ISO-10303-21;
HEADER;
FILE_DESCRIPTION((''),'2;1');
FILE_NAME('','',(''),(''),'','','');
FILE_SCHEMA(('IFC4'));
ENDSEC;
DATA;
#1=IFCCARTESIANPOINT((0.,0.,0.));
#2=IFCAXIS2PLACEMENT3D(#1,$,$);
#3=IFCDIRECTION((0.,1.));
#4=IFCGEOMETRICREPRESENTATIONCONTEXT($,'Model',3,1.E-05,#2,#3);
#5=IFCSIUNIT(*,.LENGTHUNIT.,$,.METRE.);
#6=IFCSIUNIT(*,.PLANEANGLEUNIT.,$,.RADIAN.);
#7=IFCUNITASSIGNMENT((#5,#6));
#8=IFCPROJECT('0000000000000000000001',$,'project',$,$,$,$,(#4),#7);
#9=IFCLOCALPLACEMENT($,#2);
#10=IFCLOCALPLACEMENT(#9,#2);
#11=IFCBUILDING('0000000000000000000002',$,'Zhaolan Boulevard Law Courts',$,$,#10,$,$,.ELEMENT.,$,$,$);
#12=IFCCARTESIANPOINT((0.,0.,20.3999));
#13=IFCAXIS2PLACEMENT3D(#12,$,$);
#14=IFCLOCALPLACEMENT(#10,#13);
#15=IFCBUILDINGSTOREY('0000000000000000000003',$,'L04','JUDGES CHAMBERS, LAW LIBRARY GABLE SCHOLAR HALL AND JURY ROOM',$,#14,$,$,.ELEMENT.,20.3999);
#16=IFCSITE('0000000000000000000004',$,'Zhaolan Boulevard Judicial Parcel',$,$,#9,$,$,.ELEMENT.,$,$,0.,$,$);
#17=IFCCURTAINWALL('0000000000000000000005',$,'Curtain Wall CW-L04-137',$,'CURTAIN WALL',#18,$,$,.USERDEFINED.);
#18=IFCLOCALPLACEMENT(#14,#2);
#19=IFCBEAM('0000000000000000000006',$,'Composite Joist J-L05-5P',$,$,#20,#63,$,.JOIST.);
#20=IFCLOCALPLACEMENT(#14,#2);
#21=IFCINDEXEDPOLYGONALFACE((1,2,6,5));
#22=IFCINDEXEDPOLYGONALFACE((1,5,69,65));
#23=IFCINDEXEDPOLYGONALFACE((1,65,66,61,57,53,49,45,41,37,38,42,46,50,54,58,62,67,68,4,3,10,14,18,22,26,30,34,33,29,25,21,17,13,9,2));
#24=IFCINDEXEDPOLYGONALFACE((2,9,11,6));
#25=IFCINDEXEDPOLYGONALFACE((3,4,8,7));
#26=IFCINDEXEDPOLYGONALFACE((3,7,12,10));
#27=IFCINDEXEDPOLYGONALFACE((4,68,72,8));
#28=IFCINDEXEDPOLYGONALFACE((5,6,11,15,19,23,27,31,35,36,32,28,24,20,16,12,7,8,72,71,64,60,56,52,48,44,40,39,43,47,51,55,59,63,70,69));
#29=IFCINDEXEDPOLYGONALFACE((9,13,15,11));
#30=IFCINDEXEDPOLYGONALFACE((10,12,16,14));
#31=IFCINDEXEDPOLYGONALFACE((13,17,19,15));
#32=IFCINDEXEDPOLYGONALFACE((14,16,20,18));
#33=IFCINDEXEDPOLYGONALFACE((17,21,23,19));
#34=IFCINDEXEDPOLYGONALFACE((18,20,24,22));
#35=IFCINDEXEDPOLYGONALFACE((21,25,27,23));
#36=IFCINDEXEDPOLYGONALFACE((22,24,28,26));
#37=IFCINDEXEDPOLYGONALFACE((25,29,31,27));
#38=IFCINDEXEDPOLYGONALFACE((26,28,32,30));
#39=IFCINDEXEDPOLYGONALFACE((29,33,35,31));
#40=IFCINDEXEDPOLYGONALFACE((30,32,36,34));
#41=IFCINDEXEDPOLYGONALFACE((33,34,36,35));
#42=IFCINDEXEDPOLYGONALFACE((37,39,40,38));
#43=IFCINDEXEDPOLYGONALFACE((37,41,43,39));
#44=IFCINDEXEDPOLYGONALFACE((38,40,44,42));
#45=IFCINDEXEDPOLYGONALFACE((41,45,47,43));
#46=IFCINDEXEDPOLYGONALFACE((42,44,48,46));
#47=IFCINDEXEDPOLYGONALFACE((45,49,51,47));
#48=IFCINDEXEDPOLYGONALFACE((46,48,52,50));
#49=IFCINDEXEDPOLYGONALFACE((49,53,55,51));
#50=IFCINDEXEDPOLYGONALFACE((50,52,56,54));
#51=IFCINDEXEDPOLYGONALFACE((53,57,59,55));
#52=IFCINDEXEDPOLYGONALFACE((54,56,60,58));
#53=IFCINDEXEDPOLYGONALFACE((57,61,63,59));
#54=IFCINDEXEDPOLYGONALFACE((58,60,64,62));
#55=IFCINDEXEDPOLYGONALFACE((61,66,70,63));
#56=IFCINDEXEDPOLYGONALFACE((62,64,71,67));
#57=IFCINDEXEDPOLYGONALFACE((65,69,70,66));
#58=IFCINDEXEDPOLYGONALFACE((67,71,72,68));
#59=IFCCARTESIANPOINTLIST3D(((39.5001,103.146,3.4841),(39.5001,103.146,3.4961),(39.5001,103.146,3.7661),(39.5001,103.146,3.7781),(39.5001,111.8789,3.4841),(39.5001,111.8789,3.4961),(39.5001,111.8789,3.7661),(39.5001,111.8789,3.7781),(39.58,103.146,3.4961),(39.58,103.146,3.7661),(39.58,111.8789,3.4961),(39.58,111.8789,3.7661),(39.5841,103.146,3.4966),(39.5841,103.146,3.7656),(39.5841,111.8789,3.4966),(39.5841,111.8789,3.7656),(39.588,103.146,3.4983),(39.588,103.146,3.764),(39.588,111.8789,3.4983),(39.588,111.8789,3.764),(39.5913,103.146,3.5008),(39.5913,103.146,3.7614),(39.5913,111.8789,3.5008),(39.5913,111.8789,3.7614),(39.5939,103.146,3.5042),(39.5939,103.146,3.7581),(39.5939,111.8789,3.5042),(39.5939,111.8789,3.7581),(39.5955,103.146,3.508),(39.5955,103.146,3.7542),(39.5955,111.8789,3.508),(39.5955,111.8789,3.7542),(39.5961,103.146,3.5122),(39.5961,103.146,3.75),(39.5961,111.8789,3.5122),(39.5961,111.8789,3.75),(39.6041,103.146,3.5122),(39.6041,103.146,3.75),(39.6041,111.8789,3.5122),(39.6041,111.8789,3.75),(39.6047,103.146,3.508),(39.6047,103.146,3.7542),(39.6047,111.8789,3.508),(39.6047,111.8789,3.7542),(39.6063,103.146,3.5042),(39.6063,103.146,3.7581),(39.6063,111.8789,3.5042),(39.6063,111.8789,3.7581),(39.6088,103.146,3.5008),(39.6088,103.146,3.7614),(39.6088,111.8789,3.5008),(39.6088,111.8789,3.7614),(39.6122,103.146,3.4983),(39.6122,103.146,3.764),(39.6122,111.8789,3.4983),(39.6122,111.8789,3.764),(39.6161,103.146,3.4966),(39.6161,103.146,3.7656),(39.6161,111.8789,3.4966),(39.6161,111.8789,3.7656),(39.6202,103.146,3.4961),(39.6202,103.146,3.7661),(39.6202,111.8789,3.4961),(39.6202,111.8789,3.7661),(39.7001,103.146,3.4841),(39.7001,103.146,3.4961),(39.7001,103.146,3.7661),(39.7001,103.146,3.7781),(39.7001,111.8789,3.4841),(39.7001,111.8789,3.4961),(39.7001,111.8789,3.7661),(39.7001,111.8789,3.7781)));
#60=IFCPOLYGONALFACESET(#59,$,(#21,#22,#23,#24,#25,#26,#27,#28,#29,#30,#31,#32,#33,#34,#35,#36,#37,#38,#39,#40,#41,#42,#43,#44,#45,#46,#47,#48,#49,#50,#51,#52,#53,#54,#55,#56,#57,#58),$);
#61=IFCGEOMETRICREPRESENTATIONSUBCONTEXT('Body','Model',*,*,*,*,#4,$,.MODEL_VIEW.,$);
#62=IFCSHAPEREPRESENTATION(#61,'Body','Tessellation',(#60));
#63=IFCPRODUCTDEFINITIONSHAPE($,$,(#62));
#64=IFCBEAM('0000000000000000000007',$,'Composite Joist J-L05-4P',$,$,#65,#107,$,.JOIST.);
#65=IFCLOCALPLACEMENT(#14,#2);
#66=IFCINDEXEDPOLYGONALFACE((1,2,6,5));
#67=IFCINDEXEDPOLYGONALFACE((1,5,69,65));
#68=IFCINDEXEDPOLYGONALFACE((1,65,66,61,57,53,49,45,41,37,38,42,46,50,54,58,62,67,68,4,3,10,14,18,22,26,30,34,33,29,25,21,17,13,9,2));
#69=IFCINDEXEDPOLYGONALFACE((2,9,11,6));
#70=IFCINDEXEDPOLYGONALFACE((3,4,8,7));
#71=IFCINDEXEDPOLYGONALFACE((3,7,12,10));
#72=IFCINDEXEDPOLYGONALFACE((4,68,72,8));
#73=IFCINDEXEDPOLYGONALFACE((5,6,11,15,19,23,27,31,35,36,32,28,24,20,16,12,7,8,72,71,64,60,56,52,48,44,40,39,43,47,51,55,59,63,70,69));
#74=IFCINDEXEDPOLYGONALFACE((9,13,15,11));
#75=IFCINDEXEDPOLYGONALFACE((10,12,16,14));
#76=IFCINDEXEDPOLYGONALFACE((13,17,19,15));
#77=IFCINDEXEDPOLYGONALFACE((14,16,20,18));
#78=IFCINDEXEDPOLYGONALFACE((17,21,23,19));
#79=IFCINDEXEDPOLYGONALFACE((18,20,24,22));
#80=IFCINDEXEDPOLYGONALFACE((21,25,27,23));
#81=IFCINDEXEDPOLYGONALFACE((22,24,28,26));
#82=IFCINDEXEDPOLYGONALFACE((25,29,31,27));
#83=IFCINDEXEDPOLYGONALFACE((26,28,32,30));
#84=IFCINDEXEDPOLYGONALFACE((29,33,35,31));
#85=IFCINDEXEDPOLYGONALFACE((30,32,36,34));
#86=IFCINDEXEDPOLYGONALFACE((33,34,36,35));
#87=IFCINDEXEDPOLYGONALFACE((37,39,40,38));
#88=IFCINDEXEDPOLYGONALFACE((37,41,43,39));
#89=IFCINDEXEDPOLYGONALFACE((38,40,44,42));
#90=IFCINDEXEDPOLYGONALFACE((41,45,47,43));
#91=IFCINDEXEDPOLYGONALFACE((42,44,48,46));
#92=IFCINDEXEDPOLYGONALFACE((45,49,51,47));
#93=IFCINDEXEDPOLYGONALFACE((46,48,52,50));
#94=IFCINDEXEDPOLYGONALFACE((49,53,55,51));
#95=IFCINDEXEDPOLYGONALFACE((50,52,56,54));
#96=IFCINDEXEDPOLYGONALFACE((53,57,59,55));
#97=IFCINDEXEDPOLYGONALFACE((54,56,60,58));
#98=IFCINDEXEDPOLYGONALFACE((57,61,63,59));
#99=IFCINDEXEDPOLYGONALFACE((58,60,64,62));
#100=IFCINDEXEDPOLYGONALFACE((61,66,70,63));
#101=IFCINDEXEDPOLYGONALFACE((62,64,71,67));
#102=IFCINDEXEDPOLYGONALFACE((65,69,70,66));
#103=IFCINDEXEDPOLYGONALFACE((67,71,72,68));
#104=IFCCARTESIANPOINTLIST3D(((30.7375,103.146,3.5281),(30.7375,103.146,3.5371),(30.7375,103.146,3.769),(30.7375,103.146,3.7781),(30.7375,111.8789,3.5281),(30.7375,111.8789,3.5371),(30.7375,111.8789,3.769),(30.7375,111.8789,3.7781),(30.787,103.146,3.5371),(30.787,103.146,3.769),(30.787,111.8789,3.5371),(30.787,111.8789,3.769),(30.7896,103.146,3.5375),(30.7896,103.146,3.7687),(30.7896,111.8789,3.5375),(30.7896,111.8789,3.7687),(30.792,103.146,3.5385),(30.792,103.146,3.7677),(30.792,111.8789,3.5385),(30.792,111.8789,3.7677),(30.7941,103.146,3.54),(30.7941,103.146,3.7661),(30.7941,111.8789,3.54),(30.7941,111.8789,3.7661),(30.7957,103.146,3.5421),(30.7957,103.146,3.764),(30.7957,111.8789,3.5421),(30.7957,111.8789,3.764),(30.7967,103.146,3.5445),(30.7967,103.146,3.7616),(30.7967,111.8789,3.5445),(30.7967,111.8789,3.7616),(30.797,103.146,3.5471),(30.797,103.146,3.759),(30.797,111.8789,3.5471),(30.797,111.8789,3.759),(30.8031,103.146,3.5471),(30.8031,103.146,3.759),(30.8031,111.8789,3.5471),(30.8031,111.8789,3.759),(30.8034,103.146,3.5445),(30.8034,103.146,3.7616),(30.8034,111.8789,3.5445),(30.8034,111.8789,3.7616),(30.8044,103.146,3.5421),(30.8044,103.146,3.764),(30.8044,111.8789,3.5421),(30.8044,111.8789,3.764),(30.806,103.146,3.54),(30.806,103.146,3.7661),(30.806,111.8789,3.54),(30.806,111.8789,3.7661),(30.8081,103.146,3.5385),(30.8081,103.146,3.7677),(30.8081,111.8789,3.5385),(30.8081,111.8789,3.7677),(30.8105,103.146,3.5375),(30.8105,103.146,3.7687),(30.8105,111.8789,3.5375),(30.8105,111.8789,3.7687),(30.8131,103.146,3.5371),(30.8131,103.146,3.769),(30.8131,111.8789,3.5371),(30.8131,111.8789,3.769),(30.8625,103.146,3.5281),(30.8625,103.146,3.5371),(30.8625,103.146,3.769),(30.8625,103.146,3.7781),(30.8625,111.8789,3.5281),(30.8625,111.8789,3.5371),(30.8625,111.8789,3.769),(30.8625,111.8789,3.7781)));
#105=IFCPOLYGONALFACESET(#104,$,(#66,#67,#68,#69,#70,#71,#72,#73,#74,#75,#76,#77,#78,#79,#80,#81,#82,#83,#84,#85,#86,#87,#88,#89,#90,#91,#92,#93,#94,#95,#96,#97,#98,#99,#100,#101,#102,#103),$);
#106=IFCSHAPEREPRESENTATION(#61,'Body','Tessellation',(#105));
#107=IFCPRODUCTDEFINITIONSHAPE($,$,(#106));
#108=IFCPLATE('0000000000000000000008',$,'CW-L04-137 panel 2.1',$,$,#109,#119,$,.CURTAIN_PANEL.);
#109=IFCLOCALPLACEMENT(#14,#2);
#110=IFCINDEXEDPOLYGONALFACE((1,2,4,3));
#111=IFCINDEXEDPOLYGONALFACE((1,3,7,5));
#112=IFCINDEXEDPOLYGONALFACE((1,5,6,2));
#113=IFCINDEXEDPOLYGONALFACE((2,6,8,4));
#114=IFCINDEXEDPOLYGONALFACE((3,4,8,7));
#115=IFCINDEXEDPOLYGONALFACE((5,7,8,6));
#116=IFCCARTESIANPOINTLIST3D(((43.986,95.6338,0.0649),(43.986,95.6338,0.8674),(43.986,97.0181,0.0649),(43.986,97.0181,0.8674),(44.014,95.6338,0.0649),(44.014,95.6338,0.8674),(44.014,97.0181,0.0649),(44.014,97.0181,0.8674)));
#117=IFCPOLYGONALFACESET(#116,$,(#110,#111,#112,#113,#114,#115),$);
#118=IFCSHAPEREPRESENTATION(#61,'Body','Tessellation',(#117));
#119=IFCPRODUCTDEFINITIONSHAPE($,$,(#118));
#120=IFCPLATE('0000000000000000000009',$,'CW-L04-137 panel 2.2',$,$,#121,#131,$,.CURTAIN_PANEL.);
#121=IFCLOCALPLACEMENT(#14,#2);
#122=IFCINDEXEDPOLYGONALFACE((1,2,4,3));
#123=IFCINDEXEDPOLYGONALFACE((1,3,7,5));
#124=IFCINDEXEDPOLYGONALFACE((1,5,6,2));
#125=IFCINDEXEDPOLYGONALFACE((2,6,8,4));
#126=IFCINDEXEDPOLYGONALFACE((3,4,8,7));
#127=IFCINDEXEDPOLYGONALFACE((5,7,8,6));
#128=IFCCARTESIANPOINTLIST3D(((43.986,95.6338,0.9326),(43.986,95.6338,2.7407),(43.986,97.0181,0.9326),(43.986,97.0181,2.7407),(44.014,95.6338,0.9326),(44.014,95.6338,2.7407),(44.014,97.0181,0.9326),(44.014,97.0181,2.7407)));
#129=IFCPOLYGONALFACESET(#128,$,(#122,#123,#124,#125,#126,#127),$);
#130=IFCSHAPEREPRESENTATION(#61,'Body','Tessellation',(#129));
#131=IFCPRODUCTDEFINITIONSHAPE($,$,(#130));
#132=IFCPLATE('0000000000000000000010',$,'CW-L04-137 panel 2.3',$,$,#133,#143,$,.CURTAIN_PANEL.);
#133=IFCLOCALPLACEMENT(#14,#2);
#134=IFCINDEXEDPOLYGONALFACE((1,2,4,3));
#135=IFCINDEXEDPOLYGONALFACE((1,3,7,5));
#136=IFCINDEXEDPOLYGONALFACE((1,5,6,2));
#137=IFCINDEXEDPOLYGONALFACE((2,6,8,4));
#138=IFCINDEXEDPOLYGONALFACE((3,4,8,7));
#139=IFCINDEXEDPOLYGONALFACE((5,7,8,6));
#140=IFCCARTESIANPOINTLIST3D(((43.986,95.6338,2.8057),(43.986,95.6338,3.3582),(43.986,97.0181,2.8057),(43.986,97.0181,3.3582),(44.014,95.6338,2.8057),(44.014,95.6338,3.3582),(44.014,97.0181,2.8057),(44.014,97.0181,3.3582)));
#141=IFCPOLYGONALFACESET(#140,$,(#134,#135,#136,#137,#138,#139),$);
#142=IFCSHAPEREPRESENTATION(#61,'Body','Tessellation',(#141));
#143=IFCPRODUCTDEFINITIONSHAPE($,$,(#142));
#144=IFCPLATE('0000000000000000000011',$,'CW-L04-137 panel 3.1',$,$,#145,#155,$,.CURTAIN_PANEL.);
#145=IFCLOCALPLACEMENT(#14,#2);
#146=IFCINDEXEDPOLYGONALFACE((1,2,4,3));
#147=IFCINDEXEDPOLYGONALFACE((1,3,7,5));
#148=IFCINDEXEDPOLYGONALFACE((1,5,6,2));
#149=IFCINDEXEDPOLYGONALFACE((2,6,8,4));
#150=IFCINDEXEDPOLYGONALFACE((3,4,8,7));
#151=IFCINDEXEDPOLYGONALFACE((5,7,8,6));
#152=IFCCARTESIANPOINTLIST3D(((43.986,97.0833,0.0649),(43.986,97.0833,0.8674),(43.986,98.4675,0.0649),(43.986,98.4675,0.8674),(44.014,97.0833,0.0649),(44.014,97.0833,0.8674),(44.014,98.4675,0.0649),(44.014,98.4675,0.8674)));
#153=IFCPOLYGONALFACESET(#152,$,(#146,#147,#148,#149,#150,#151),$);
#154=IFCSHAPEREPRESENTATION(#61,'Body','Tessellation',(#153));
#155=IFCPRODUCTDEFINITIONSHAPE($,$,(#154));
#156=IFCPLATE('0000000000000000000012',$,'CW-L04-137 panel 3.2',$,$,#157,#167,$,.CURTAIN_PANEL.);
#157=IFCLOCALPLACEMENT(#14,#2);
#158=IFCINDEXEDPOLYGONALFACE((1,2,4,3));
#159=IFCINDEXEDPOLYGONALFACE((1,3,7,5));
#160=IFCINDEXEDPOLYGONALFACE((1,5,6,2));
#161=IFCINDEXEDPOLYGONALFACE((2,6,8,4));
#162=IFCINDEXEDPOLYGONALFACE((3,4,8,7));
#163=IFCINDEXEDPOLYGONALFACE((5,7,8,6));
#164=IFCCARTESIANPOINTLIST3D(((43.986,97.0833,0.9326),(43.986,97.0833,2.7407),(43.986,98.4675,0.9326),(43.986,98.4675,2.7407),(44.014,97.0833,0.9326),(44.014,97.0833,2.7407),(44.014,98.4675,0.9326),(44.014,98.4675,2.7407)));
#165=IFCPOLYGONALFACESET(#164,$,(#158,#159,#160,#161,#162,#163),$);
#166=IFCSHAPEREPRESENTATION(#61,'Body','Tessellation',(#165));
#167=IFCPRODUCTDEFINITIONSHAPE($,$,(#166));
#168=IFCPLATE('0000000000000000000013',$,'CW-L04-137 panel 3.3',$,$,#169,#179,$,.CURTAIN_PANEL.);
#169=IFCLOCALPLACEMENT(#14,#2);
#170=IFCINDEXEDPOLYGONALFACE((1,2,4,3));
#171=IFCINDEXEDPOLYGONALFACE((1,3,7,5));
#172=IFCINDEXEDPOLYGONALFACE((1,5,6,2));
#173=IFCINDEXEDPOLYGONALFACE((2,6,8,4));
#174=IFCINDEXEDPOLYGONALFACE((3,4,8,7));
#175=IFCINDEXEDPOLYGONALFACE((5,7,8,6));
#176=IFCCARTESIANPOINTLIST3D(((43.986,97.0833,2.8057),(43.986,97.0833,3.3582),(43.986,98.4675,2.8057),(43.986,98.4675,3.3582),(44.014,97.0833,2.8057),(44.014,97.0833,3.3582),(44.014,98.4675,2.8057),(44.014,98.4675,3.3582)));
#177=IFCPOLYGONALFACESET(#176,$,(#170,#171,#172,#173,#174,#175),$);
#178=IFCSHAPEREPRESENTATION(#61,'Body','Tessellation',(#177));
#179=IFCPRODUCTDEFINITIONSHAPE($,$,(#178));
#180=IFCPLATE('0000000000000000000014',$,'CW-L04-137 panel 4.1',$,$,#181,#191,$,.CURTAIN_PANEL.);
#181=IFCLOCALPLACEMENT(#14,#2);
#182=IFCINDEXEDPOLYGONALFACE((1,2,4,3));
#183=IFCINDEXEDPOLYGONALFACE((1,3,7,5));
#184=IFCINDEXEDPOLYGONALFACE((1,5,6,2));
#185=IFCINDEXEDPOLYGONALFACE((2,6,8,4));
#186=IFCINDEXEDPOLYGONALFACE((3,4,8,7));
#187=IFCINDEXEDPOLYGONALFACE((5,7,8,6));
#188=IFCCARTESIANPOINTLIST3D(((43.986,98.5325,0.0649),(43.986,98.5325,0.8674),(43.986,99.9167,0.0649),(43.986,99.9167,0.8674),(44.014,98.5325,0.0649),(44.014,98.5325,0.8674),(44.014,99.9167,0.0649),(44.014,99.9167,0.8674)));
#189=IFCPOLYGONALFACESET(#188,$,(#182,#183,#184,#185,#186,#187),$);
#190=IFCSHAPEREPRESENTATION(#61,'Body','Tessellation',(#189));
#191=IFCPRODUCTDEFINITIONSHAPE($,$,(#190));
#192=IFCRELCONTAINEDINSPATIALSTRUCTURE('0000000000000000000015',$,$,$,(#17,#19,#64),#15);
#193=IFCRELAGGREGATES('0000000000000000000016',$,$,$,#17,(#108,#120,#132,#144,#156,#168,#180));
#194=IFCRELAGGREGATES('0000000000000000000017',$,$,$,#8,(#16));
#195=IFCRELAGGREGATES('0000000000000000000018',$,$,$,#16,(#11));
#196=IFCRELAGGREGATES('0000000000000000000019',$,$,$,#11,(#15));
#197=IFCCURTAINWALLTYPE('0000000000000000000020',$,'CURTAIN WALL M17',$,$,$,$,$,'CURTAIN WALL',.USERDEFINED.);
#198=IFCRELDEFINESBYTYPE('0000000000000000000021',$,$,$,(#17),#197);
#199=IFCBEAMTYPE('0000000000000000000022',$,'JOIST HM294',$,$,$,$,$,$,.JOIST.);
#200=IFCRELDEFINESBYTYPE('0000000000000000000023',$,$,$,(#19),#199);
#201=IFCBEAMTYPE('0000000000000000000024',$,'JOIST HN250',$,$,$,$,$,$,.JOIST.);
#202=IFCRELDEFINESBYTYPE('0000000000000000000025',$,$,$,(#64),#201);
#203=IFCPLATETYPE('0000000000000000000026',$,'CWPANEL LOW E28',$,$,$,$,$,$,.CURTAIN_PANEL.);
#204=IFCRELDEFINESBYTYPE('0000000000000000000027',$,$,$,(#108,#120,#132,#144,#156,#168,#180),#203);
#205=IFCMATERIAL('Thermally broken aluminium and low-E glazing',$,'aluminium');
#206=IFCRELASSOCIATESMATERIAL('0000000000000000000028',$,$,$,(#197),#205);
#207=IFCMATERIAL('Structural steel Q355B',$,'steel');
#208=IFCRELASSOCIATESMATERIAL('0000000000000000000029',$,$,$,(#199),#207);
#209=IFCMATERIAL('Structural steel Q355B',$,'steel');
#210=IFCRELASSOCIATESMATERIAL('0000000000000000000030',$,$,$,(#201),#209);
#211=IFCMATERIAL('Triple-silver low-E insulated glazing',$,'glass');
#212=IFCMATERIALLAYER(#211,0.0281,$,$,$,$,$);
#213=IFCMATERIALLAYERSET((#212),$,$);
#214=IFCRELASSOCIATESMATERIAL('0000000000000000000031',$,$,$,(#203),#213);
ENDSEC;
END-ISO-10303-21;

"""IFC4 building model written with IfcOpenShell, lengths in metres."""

from ifc_helpers import new_model, si_unit, direction, frame, origin, origin_2d, place, context, subcontext, project, spatial, rectangle, i_section, extrude, material, layer, layer_set, material_profile, profile_set, type_object, element, aggregate, save


model = new_model("IFC4")

# Units and contexts
model_context = context("Model", 3, precision=1e-05, world=origin(), true_north=direction((0.0, 1.0)))
body_context = subcontext(model_context, "Body", "Model", "MODEL_VIEW")
ifc_project = project(units=[si_unit("LENGTHUNIT", "METRE"), si_unit("PLANEANGLEUNIT", "RADIAN")], contexts=[model_context])

# Site, building, storey
site_placement = place(None, origin())
site = spatial("IfcSite", under=ifc_project, at=site_placement, Name="Zhaolan Boulevard Judicial Parcel", CompositionType="ELEMENT", RefElevation=0.0)
building_placement = place(site_placement, origin())
building = spatial("IfcBuilding", under=site, at=building_placement, Name="Zhaolan Boulevard Law Courts", CompositionType="ELEMENT")
storey_placement = place(building_placement, frame((0.0, 0.0, 20.3999)))
storey = spatial("IfcBuildingStorey", under=building, at=storey_placement, Name="L04", Description="JUDGES CHAMBERS, LAW LIBRARY GABLE SCHOLAR HALL AND JURY ROOM", CompositionType="ELEMENT", Elevation=20.3999)

# Curtain wall
ifc_material_1 = material(Name="Thermally broken aluminium and low-E glazing", Category="aluminium")
curtain_wall_type = type_object("IfcCurtainWallType", Name="CURTAIN WALL M17", ElementType="CURTAIN WALL", PredefinedType="USERDEFINED", material=ifc_material_1)
curtain_wall_placement = place(storey_placement, origin())
curtain_wall = element("IfcCurtainWall", 1, at=curtain_wall_placement, inside=storey, type_object=curtain_wall_type, Name="Curtain Wall CW-L04-137", ObjectType="CURTAIN WALL", PredefinedType="USERDEFINED")

# Beams
ifc_material_2 = material(Name="Structural steel Q355B", Category="steel")
ifc_material_profile_1 = material_profile(ifc_material_2, i_section(OverallWidth=0.2, OverallDepth=0.2939, WebThickness=0.0081, FlangeThickness=0.012, FilletRadius=0.0161, at=origin_2d()), Name="HM294x200")
ifc_profile_set_1 = profile_set([ifc_material_profile_1], Name="Structural steel Q355B")
beam_type_1 = type_object("IfcBeamType", Name="JOIST HM294", PredefinedType="JOIST", material=ifc_profile_set_1)
beam_1_placement = place(storey_placement, frame((39.6001, 103.146, 3.6311), z_axis=(0.0, 1.0, 0.0), x_axis=(-1.0, 0.0, 0.0)))
element("IfcBeam", 2, at=beam_1_placement, inside=storey, type_object=beam_type_1, Name="Composite Joist J-L05-5P", PredefinedType="JOIST", context=body_context, shape_type="SweptSolid", body=[
    extrude(i_section(OverallWidth=0.2, OverallDepth=0.2939, WebThickness=0.0081, FlangeThickness=0.012, FilletRadius=0.0161, at=origin_2d()), origin(), (0.0, 0.0, 1.0), 8.7329),
])
ifc_material_3 = material(Name="Structural steel Q355B", Category="steel")
ifc_material_profile_2 = material_profile(ifc_material_3, i_section(OverallWidth=0.125, OverallDepth=0.25, WebThickness=0.0061, FlangeThickness=0.009, FilletRadius=0.01, at=origin_2d()), Name="HN250x125")
ifc_profile_set_2 = profile_set([ifc_material_profile_2], Name="Structural steel Q355B")
beam_type_2 = type_object("IfcBeamType", Name="JOIST HN250", PredefinedType="JOIST", material=ifc_profile_set_2)
beam_2_placement = place(storey_placement, frame((30.8, 103.146, 3.6531), z_axis=(0.0, 1.0, 0.0), x_axis=(-1.0, 0.0, 0.0)))
element("IfcBeam", 3, at=beam_2_placement, inside=storey, type_object=beam_type_2, Name="Composite Joist J-L05-4P", PredefinedType="JOIST", context=body_context, shape_type="SweptSolid", body=[
    extrude(i_section(OverallWidth=0.125, OverallDepth=0.25, WebThickness=0.0061, FlangeThickness=0.009, FilletRadius=0.01, at=origin_2d()), origin(), (0.0, 0.0, 1.0), 8.7329),
])

# Plates
ifc_material_4 = material(Name="Triple-silver low-E insulated glazing", Category="glass")
ifc_layer_1 = layer(ifc_material_4, 0.0281)
ifc_layer_set_1 = layer_set([ifc_layer_1])
plate_type = type_object("IfcPlateType", Name="CWPANEL LOW E28", PredefinedType="CURTAIN_PANEL", material=ifc_layer_set_1)
plate_1_placement = place(storey_placement, frame((44.0, 96.3259, 0.0649), z_axis=(0.0, 0.0, 1.0), x_axis=(0.0, 1.0, 0.0)))
plate_1 = element("IfcPlate", 4, at=plate_1_placement, type_object=plate_type, Name="CW-L04-137 panel 2.1", PredefinedType="CURTAIN_PANEL", context=body_context, shape_type="SweptSolid", body=[
    extrude(rectangle(XDim=1.3843, YDim=0.0281, at=origin_2d()), origin(), (0.0, 0.0, 1.0), 0.8025),
])
plate_2_placement = place(storey_placement, frame((44.0, 96.3259, 0.9326), z_axis=(0.0, 0.0, 1.0), x_axis=(0.0, 1.0, 0.0)))
plate_2 = element("IfcPlate", 5, at=plate_2_placement, type_object=plate_type, Name="CW-L04-137 panel 2.2", PredefinedType="CURTAIN_PANEL", context=body_context, shape_type="SweptSolid", body=[
    extrude(rectangle(XDim=1.3843, YDim=0.0281, at=origin_2d()), origin(), (0.0, 0.0, 1.0), 1.8081),
])
plate_3_placement = place(storey_placement, frame((44.0, 96.3259, 2.8057), z_axis=(0.0, 0.0, 1.0), x_axis=(0.0, 1.0, 0.0)))
plate_3 = element("IfcPlate", 6, at=plate_3_placement, type_object=plate_type, Name="CW-L04-137 panel 2.3", PredefinedType="CURTAIN_PANEL", context=body_context, shape_type="SweptSolid", body=[
    extrude(rectangle(XDim=1.3843, YDim=0.0281, at=origin_2d()), origin(), (0.0, 0.0, 1.0), 0.5525),
])
plate_4_placement = place(storey_placement, frame((44.0, 97.7754, 0.0649), z_axis=(0.0, 0.0, 1.0), x_axis=(0.0, 1.0, 0.0)))
plate_4 = element("IfcPlate", 7, at=plate_4_placement, type_object=plate_type, Name="CW-L04-137 panel 3.1", PredefinedType="CURTAIN_PANEL", context=body_context, shape_type="SweptSolid", body=[
    extrude(rectangle(XDim=1.3843, YDim=0.0281, at=origin_2d()), origin(), (0.0, 0.0, 1.0), 0.8025),
])
plate_5_placement = place(storey_placement, frame((44.0, 97.7754, 0.9326), z_axis=(0.0, 0.0, 1.0), x_axis=(0.0, 1.0, 0.0)))
plate_5 = element("IfcPlate", 8, at=plate_5_placement, type_object=plate_type, Name="CW-L04-137 panel 3.2", PredefinedType="CURTAIN_PANEL", context=body_context, shape_type="SweptSolid", body=[
    extrude(rectangle(XDim=1.3843, YDim=0.0281, at=origin_2d()), origin(), (0.0, 0.0, 1.0), 1.8081),
])
plate_6_placement = place(storey_placement, frame((44.0, 97.7754, 2.8057), z_axis=(0.0, 0.0, 1.0), x_axis=(0.0, 1.0, 0.0)))
plate_6 = element("IfcPlate", 9, at=plate_6_placement, type_object=plate_type, Name="CW-L04-137 panel 3.3", PredefinedType="CURTAIN_PANEL", context=body_context, shape_type="SweptSolid", body=[
    extrude(rectangle(XDim=1.3843, YDim=0.0281, at=origin_2d()), origin(), (0.0, 0.0, 1.0), 0.5525),
])
plate_7_placement = place(storey_placement, frame((44.0, 99.2246, 0.0649), z_axis=(0.0, 0.0, 1.0), x_axis=(0.0, 1.0, 0.0)))
plate_7 = element("IfcPlate", 10, at=plate_7_placement, type_object=plate_type, Name="CW-L04-137 panel 4.1", PredefinedType="CURTAIN_PANEL", context=body_context, shape_type="SweptSolid", body=[
    extrude(rectangle(XDim=1.3843, YDim=0.0281, at=origin_2d()), origin(), (0.0, 0.0, 1.0), 0.8025),
])
aggregate(curtain_wall, [plate_1, plate_2, plate_3, plate_4, plate_5, plate_6, plate_7])

save(model, "model.ifc")
